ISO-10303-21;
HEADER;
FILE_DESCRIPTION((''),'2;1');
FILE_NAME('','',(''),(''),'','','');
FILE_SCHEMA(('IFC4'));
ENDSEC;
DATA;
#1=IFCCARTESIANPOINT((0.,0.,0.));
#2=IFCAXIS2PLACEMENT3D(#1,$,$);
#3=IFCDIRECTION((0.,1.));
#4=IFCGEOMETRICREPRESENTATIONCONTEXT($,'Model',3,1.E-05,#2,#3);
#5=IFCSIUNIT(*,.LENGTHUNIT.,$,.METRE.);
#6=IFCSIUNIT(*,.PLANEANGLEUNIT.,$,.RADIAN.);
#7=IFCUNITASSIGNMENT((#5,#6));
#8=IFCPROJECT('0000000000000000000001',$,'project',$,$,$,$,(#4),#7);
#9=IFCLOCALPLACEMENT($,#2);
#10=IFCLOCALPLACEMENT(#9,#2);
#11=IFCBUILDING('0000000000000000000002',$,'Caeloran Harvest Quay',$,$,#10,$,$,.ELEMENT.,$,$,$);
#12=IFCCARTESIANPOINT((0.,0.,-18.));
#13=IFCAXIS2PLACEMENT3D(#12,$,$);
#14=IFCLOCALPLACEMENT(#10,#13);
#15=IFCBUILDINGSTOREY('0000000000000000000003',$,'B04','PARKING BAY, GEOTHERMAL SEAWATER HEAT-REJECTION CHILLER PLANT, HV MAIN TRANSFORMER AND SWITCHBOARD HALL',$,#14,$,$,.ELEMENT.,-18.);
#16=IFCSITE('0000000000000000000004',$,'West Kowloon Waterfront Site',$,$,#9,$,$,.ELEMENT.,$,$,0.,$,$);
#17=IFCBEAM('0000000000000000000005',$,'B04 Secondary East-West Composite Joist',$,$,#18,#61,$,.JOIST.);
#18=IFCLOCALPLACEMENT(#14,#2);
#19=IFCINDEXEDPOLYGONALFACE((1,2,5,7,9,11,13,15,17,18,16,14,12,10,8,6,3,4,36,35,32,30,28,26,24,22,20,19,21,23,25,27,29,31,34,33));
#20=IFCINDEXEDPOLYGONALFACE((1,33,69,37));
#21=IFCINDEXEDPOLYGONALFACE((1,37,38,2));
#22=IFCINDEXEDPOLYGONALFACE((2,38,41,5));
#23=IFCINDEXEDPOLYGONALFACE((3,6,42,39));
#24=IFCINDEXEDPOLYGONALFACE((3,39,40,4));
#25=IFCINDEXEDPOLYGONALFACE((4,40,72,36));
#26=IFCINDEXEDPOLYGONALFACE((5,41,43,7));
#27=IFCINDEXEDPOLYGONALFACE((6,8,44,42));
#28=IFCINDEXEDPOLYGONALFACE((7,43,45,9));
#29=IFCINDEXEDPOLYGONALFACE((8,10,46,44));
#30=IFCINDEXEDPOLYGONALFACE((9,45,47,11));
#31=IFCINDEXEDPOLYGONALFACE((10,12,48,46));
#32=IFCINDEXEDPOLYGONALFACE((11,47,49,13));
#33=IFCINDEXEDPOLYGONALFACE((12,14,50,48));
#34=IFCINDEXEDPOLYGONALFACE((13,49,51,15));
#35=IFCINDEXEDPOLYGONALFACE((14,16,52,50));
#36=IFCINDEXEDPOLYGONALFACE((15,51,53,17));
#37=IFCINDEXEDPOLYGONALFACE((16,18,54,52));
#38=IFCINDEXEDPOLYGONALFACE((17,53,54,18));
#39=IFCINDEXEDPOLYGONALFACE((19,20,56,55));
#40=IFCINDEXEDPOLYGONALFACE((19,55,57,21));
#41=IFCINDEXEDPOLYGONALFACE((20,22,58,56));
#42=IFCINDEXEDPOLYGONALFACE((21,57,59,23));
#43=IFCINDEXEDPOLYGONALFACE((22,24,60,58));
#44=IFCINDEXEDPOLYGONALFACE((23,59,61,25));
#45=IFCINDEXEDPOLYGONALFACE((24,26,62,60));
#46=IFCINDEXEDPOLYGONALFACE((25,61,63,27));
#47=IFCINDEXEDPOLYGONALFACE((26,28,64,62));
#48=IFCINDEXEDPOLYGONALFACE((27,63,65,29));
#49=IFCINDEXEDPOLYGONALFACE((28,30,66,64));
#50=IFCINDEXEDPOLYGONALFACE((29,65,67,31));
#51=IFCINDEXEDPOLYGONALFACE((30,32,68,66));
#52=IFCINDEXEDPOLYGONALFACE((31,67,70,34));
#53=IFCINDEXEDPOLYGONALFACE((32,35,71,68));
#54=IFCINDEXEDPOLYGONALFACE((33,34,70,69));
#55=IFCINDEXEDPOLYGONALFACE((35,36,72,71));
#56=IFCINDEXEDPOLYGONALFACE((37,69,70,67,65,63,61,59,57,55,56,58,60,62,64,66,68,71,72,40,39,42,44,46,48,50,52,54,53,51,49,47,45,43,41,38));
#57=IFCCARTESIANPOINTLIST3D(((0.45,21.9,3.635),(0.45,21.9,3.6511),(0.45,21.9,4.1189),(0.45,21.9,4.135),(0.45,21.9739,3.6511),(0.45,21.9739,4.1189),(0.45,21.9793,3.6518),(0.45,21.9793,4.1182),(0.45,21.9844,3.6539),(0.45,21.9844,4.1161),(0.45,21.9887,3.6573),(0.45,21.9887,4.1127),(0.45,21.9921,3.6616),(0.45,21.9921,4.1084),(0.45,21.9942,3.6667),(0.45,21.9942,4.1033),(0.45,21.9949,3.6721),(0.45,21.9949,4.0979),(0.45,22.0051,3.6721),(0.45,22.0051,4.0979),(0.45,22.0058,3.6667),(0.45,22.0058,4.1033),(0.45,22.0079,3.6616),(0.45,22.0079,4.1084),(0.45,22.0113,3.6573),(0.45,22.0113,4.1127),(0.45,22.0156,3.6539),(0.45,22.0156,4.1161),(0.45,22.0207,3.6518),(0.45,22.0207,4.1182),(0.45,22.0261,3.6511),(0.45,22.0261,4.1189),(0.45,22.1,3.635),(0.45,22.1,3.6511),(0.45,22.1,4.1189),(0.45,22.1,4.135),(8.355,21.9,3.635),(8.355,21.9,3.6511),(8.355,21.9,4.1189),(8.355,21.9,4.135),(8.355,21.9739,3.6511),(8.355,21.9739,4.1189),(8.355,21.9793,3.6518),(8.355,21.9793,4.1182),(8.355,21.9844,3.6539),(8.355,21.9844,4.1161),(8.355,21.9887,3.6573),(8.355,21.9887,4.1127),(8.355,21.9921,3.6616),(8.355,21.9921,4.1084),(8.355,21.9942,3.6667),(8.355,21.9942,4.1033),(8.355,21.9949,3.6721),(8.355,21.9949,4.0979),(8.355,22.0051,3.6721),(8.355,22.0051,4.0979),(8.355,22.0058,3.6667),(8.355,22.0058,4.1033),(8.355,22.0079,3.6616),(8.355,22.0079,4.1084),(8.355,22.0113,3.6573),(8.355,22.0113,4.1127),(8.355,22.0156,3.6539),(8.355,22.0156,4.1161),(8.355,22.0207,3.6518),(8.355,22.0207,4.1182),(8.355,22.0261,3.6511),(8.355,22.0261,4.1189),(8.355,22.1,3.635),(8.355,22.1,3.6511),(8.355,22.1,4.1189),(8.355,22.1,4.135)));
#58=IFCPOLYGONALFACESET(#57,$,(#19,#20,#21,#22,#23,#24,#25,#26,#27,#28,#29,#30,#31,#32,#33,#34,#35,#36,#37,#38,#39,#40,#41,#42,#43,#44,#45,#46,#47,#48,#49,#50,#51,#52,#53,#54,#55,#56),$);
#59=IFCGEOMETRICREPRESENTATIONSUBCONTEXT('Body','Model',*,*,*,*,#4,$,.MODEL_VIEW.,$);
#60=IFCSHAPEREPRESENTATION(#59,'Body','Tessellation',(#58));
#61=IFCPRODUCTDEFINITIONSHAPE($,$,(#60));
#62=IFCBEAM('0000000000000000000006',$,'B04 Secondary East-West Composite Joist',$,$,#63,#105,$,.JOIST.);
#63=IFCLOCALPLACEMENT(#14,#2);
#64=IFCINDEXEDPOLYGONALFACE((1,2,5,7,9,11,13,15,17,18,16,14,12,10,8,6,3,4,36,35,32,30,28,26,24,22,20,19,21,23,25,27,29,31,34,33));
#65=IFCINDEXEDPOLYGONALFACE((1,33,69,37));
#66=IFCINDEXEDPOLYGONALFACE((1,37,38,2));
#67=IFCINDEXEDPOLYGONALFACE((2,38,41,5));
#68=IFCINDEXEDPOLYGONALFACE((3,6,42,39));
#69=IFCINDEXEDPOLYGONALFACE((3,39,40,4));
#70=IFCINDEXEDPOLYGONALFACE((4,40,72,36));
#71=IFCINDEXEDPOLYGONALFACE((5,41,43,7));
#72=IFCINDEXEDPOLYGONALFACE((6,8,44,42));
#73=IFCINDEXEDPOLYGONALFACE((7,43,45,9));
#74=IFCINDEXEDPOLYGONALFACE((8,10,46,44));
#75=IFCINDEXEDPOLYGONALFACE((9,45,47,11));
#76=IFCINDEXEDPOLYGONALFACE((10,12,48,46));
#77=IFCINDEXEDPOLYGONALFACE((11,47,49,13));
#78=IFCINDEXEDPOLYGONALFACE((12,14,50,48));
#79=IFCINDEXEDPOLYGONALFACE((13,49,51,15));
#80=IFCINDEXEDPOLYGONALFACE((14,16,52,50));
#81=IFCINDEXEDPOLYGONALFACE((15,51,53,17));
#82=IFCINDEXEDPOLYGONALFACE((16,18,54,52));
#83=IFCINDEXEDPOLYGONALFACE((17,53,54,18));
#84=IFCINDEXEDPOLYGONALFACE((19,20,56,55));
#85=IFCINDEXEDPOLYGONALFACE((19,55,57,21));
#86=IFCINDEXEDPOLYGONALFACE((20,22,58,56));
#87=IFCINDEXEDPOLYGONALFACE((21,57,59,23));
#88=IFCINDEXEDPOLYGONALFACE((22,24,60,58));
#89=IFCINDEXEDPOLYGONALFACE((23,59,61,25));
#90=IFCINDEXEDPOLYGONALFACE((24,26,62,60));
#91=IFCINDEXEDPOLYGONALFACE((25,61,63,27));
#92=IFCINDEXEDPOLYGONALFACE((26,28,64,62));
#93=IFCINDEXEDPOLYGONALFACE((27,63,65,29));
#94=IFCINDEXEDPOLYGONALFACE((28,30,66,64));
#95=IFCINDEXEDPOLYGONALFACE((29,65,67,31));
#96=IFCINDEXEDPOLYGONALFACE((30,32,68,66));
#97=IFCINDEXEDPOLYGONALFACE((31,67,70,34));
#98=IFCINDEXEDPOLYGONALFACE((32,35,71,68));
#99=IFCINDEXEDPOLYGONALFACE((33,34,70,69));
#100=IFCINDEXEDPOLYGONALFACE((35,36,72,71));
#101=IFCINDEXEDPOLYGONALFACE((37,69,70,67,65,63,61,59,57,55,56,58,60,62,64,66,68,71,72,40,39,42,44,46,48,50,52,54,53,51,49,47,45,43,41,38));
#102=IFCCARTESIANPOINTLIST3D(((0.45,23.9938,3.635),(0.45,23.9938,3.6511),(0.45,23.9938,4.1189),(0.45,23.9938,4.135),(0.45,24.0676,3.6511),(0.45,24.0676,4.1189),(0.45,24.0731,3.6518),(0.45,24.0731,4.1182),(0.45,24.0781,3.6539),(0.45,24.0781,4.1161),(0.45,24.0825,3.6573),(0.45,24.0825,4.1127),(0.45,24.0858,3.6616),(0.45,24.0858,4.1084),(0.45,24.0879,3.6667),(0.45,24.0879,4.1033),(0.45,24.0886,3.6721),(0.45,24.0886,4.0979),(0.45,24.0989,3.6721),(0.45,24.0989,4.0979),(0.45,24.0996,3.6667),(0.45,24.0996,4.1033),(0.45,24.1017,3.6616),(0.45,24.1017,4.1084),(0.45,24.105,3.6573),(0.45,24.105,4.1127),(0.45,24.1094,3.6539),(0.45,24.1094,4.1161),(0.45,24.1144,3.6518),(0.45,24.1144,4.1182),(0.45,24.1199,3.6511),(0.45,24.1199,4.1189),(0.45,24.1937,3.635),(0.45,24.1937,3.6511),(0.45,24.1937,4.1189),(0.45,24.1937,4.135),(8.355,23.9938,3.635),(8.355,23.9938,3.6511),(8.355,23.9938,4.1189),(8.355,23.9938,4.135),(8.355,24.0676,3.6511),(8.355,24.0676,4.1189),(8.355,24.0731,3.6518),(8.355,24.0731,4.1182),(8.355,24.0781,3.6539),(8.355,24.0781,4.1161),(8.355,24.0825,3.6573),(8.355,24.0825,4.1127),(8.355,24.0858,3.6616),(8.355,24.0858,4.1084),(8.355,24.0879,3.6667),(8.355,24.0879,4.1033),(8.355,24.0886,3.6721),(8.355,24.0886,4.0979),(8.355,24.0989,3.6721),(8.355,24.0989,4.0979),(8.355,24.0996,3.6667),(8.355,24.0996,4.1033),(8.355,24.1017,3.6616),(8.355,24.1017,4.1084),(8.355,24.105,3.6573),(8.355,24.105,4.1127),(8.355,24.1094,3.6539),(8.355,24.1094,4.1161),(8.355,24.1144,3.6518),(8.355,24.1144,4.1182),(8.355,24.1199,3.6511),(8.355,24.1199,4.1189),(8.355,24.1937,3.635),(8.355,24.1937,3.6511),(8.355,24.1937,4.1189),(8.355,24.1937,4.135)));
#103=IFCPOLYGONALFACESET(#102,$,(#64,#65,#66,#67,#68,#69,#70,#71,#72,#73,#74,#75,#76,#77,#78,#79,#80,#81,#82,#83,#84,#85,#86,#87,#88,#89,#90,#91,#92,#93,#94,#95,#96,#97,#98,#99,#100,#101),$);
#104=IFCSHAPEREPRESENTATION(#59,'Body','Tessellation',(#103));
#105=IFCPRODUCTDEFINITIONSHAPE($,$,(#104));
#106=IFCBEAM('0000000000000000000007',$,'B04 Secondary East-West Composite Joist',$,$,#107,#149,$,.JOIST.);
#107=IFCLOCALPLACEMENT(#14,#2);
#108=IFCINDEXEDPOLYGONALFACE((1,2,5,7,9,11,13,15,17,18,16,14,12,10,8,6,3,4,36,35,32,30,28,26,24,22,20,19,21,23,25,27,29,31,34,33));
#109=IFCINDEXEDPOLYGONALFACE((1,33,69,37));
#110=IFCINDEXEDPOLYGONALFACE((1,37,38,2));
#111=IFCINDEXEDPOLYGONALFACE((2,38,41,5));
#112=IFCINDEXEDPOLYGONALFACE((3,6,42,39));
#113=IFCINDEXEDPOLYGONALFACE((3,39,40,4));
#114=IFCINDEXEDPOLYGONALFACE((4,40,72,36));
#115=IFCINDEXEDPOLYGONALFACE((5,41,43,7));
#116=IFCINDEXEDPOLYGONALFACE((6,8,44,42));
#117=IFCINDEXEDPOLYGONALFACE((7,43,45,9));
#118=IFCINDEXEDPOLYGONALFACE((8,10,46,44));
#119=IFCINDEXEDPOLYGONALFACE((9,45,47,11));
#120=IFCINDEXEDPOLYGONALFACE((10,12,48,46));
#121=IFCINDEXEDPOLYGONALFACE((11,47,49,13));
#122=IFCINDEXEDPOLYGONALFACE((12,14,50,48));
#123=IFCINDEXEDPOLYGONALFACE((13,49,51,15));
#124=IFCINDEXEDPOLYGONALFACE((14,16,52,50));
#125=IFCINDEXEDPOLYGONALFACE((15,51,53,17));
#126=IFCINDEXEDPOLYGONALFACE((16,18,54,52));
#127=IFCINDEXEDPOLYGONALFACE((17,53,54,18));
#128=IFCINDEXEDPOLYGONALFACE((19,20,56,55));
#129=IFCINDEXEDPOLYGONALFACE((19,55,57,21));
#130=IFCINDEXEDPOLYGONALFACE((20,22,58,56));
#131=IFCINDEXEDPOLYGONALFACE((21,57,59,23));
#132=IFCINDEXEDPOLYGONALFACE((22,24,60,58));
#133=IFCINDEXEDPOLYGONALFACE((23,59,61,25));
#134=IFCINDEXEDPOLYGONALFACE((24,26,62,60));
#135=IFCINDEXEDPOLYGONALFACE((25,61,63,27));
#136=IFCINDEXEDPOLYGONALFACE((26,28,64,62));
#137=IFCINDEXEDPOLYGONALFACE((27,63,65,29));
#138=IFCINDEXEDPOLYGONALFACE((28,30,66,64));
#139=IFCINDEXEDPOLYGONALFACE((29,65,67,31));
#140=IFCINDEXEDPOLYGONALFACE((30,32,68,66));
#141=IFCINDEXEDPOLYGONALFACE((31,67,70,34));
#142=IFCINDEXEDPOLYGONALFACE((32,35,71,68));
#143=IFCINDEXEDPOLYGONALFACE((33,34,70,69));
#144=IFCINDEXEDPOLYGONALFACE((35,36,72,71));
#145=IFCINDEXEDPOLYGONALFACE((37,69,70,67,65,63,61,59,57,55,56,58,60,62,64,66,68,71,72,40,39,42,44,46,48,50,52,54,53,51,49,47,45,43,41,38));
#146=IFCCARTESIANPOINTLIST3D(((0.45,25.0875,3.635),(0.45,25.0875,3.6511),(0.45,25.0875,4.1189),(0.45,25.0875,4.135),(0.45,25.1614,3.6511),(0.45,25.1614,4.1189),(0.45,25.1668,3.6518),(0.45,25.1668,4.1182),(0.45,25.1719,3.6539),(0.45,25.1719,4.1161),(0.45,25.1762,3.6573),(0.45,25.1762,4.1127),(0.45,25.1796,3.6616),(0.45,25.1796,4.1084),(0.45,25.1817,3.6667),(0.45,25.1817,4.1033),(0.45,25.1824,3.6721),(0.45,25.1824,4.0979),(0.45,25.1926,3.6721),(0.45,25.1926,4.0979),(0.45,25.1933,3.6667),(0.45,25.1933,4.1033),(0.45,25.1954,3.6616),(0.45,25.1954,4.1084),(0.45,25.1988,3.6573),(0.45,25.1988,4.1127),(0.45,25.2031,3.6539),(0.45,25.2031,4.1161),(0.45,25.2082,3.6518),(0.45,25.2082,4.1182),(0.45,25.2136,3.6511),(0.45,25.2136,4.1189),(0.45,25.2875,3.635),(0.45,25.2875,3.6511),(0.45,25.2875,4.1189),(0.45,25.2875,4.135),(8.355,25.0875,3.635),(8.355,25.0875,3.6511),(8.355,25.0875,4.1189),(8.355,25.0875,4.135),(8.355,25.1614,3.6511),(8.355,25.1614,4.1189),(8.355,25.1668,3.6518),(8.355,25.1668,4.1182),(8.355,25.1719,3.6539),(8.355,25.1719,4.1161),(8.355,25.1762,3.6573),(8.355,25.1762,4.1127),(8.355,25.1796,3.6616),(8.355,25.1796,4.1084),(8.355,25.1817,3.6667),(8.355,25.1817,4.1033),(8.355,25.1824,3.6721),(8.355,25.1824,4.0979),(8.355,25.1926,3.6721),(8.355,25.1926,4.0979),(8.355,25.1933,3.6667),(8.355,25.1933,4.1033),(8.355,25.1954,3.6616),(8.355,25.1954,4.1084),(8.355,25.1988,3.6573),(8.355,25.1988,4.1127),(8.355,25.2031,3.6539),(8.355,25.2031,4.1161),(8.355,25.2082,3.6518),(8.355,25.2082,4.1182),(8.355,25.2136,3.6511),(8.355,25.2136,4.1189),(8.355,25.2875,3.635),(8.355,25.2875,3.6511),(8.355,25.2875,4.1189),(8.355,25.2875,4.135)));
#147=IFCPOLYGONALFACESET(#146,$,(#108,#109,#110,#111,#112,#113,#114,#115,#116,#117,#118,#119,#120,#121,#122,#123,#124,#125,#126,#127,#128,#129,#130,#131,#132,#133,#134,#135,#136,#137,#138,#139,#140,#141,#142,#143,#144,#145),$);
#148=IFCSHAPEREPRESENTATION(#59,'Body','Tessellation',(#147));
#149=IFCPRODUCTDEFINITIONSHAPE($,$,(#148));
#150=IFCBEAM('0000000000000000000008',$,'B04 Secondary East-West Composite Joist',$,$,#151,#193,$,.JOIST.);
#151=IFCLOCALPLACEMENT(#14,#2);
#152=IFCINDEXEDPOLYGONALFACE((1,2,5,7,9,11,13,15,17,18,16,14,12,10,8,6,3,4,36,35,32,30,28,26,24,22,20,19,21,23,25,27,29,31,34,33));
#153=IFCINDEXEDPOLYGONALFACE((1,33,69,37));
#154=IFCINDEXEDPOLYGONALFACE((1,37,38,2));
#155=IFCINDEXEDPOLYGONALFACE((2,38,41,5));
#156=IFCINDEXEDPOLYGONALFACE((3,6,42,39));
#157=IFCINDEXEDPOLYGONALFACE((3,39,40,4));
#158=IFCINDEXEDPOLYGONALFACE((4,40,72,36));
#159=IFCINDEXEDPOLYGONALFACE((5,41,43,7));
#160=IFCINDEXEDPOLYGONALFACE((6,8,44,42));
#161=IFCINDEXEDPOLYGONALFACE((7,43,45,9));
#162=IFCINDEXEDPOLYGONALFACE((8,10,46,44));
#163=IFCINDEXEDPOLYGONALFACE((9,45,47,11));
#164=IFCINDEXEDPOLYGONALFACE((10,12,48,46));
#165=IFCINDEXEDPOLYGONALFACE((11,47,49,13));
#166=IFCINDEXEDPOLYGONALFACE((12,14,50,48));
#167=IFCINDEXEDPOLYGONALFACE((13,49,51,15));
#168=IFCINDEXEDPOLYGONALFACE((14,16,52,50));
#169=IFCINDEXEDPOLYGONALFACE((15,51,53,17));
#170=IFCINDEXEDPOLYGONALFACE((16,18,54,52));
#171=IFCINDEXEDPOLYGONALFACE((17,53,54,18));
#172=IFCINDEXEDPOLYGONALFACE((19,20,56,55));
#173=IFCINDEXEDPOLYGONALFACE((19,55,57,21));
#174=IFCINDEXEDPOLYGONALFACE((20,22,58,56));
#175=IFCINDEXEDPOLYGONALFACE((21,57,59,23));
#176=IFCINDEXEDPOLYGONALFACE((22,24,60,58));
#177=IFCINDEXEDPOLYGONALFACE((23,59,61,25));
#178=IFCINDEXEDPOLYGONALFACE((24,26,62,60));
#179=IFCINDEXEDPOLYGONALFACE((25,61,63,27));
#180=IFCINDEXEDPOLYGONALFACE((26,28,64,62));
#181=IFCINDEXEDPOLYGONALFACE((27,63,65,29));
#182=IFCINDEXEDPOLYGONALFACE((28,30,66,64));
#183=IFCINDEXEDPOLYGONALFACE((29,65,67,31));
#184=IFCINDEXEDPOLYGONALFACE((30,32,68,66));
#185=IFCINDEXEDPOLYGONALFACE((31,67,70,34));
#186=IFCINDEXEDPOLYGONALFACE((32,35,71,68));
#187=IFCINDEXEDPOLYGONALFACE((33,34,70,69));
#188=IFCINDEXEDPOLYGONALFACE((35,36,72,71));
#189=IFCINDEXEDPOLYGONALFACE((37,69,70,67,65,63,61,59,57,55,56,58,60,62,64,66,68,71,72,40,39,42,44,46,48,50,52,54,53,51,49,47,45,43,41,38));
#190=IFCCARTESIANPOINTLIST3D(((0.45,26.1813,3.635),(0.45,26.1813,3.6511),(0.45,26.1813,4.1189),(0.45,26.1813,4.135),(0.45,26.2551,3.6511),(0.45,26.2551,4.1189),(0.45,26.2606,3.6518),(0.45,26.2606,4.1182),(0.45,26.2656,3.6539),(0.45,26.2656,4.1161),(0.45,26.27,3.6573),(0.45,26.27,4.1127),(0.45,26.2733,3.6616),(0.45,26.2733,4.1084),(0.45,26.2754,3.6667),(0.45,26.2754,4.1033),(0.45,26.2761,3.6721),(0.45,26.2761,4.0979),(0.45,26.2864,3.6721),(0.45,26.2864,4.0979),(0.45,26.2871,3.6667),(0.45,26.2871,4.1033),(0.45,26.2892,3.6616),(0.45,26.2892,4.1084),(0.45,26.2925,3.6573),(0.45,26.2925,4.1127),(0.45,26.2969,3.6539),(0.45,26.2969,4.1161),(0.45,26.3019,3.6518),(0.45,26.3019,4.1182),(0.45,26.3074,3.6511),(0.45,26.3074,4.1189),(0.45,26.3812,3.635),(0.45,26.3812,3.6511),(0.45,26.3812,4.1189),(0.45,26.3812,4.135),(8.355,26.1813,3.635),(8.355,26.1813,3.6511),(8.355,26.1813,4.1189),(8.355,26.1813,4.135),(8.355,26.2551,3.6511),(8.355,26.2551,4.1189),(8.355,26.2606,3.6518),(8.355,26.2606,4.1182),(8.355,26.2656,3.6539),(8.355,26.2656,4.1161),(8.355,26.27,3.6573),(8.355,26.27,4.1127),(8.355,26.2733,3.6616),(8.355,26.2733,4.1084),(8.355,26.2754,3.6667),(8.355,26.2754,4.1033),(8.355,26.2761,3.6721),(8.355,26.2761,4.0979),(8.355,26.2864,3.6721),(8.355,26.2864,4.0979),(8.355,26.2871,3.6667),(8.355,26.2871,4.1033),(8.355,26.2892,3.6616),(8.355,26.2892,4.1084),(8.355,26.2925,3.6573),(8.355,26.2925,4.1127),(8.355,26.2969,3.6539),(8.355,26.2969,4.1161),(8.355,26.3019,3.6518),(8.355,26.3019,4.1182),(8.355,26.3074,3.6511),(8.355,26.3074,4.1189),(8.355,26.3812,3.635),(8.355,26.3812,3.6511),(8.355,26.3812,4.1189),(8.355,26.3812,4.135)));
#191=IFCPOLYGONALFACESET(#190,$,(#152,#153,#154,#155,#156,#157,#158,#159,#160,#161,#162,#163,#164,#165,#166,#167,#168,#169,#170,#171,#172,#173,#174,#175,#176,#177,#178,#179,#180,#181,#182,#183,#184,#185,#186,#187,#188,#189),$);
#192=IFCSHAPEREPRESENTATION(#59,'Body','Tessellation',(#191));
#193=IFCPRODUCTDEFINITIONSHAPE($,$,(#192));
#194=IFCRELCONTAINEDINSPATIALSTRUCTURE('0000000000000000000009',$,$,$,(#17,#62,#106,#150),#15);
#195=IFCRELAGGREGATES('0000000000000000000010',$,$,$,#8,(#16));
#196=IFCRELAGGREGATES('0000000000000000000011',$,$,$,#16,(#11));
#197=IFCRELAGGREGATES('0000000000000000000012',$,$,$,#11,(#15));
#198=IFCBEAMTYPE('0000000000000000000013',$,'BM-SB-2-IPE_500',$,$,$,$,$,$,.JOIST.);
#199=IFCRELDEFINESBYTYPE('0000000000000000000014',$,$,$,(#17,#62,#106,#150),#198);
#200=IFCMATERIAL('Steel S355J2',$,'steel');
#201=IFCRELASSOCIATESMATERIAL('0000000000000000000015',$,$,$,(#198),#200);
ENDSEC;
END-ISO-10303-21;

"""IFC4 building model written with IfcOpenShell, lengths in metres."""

from ifc_helpers import new_model, si_unit, direction, frame, origin, origin_2d, place, context, subcontext, project, spatial, i_section, extrude, material, material_profile, profile_set, type_object, element, save


model = new_model("IFC4")

# Units and contexts
model_context = context("Model", 3, precision=1e-05, world=origin(), true_north=direction((0.0, 1.0)))
body_context = subcontext(model_context, "Body", "Model", "MODEL_VIEW")
ifc_project = project(units=[si_unit("LENGTHUNIT", "METRE"), si_unit("PLANEANGLEUNIT", "RADIAN")], contexts=[model_context])

# Site, building, storey
site_placement = place(None, origin())
site = spatial("IfcSite", under=ifc_project, at=site_placement, Name="West Kowloon Waterfront Site", CompositionType="ELEMENT", RefElevation=0.0)
building_placement = place(site_placement, origin())
building = spatial("IfcBuilding", under=site, at=building_placement, Name="Caeloran Harvest Quay", CompositionType="ELEMENT")
storey_placement = place(building_placement, frame((0.0, 0.0, -18.0)))
storey = spatial("IfcBuildingStorey", under=building, at=storey_placement, Name="B04", Description="PARKING BAY, GEOTHERMAL SEAWATER HEAT-REJECTION CHILLER PLANT, HV MAIN TRANSFORMER AND SWITCHBOARD HALL", CompositionType="ELEMENT", Elevation=-18.0)

# Beams
ifc_material_1 = material(Name="Steel S355J2", Category="steel")
ifc_material_profile_1 = material_profile(ifc_material_1, i_section(OverallWidth=0.2, OverallDepth=0.5, WebThickness=0.0103, FlangeThickness=0.0161, FilletRadius=0.021, at=origin_2d()), Name="IPE 500")
ifc_profile_set_1 = profile_set([ifc_material_profile_1], Name="Steel S355J2")
beam_type_1 = type_object("IfcBeamType", Name="BM-SB-2-IPE_500", PredefinedType="JOIST", material=ifc_profile_set_1)
for number, where, z_axis, x_axis, name in (
    (1, (0.45, 22.0, 3.885), (1.0, 0.0, 0.0), (0.0, 1.0, 0.0), "B04 Secondary East-West Composite Joist"),
    (2, (0.45, 24.0938, 3.885), (1.0, 0.0, 0.0), (0.0, 1.0, 0.0), "B04 Secondary East-West Composite Joist"),
    (3, (0.45, 25.1875, 3.885), (1.0, 0.0, 0.0), (0.0, 1.0, 0.0), "B04 Secondary East-West Composite Joist"),
    (4, (0.45, 26.2812, 3.885), (1.0, 0.0, 0.0), (0.0, 1.0, 0.0), "B04 Secondary East-West Composite Joist"),
):
    element("IfcBeam", number, at=place(storey_placement, frame(where, z_axis=z_axis, x_axis=x_axis)), inside=storey, type_object=beam_type_1, Name=name, PredefinedType="JOIST", context=body_context, shape_type="SweptSolid", body=[
        extrude(i_section(OverallWidth=0.2, OverallDepth=0.5, WebThickness=0.0103, FlangeThickness=0.0161, FilletRadius=0.021, at=origin_2d()), origin(), (0.0, 0.0, 1.0), 7.905),
    ])

save(model, "model.ifc")
